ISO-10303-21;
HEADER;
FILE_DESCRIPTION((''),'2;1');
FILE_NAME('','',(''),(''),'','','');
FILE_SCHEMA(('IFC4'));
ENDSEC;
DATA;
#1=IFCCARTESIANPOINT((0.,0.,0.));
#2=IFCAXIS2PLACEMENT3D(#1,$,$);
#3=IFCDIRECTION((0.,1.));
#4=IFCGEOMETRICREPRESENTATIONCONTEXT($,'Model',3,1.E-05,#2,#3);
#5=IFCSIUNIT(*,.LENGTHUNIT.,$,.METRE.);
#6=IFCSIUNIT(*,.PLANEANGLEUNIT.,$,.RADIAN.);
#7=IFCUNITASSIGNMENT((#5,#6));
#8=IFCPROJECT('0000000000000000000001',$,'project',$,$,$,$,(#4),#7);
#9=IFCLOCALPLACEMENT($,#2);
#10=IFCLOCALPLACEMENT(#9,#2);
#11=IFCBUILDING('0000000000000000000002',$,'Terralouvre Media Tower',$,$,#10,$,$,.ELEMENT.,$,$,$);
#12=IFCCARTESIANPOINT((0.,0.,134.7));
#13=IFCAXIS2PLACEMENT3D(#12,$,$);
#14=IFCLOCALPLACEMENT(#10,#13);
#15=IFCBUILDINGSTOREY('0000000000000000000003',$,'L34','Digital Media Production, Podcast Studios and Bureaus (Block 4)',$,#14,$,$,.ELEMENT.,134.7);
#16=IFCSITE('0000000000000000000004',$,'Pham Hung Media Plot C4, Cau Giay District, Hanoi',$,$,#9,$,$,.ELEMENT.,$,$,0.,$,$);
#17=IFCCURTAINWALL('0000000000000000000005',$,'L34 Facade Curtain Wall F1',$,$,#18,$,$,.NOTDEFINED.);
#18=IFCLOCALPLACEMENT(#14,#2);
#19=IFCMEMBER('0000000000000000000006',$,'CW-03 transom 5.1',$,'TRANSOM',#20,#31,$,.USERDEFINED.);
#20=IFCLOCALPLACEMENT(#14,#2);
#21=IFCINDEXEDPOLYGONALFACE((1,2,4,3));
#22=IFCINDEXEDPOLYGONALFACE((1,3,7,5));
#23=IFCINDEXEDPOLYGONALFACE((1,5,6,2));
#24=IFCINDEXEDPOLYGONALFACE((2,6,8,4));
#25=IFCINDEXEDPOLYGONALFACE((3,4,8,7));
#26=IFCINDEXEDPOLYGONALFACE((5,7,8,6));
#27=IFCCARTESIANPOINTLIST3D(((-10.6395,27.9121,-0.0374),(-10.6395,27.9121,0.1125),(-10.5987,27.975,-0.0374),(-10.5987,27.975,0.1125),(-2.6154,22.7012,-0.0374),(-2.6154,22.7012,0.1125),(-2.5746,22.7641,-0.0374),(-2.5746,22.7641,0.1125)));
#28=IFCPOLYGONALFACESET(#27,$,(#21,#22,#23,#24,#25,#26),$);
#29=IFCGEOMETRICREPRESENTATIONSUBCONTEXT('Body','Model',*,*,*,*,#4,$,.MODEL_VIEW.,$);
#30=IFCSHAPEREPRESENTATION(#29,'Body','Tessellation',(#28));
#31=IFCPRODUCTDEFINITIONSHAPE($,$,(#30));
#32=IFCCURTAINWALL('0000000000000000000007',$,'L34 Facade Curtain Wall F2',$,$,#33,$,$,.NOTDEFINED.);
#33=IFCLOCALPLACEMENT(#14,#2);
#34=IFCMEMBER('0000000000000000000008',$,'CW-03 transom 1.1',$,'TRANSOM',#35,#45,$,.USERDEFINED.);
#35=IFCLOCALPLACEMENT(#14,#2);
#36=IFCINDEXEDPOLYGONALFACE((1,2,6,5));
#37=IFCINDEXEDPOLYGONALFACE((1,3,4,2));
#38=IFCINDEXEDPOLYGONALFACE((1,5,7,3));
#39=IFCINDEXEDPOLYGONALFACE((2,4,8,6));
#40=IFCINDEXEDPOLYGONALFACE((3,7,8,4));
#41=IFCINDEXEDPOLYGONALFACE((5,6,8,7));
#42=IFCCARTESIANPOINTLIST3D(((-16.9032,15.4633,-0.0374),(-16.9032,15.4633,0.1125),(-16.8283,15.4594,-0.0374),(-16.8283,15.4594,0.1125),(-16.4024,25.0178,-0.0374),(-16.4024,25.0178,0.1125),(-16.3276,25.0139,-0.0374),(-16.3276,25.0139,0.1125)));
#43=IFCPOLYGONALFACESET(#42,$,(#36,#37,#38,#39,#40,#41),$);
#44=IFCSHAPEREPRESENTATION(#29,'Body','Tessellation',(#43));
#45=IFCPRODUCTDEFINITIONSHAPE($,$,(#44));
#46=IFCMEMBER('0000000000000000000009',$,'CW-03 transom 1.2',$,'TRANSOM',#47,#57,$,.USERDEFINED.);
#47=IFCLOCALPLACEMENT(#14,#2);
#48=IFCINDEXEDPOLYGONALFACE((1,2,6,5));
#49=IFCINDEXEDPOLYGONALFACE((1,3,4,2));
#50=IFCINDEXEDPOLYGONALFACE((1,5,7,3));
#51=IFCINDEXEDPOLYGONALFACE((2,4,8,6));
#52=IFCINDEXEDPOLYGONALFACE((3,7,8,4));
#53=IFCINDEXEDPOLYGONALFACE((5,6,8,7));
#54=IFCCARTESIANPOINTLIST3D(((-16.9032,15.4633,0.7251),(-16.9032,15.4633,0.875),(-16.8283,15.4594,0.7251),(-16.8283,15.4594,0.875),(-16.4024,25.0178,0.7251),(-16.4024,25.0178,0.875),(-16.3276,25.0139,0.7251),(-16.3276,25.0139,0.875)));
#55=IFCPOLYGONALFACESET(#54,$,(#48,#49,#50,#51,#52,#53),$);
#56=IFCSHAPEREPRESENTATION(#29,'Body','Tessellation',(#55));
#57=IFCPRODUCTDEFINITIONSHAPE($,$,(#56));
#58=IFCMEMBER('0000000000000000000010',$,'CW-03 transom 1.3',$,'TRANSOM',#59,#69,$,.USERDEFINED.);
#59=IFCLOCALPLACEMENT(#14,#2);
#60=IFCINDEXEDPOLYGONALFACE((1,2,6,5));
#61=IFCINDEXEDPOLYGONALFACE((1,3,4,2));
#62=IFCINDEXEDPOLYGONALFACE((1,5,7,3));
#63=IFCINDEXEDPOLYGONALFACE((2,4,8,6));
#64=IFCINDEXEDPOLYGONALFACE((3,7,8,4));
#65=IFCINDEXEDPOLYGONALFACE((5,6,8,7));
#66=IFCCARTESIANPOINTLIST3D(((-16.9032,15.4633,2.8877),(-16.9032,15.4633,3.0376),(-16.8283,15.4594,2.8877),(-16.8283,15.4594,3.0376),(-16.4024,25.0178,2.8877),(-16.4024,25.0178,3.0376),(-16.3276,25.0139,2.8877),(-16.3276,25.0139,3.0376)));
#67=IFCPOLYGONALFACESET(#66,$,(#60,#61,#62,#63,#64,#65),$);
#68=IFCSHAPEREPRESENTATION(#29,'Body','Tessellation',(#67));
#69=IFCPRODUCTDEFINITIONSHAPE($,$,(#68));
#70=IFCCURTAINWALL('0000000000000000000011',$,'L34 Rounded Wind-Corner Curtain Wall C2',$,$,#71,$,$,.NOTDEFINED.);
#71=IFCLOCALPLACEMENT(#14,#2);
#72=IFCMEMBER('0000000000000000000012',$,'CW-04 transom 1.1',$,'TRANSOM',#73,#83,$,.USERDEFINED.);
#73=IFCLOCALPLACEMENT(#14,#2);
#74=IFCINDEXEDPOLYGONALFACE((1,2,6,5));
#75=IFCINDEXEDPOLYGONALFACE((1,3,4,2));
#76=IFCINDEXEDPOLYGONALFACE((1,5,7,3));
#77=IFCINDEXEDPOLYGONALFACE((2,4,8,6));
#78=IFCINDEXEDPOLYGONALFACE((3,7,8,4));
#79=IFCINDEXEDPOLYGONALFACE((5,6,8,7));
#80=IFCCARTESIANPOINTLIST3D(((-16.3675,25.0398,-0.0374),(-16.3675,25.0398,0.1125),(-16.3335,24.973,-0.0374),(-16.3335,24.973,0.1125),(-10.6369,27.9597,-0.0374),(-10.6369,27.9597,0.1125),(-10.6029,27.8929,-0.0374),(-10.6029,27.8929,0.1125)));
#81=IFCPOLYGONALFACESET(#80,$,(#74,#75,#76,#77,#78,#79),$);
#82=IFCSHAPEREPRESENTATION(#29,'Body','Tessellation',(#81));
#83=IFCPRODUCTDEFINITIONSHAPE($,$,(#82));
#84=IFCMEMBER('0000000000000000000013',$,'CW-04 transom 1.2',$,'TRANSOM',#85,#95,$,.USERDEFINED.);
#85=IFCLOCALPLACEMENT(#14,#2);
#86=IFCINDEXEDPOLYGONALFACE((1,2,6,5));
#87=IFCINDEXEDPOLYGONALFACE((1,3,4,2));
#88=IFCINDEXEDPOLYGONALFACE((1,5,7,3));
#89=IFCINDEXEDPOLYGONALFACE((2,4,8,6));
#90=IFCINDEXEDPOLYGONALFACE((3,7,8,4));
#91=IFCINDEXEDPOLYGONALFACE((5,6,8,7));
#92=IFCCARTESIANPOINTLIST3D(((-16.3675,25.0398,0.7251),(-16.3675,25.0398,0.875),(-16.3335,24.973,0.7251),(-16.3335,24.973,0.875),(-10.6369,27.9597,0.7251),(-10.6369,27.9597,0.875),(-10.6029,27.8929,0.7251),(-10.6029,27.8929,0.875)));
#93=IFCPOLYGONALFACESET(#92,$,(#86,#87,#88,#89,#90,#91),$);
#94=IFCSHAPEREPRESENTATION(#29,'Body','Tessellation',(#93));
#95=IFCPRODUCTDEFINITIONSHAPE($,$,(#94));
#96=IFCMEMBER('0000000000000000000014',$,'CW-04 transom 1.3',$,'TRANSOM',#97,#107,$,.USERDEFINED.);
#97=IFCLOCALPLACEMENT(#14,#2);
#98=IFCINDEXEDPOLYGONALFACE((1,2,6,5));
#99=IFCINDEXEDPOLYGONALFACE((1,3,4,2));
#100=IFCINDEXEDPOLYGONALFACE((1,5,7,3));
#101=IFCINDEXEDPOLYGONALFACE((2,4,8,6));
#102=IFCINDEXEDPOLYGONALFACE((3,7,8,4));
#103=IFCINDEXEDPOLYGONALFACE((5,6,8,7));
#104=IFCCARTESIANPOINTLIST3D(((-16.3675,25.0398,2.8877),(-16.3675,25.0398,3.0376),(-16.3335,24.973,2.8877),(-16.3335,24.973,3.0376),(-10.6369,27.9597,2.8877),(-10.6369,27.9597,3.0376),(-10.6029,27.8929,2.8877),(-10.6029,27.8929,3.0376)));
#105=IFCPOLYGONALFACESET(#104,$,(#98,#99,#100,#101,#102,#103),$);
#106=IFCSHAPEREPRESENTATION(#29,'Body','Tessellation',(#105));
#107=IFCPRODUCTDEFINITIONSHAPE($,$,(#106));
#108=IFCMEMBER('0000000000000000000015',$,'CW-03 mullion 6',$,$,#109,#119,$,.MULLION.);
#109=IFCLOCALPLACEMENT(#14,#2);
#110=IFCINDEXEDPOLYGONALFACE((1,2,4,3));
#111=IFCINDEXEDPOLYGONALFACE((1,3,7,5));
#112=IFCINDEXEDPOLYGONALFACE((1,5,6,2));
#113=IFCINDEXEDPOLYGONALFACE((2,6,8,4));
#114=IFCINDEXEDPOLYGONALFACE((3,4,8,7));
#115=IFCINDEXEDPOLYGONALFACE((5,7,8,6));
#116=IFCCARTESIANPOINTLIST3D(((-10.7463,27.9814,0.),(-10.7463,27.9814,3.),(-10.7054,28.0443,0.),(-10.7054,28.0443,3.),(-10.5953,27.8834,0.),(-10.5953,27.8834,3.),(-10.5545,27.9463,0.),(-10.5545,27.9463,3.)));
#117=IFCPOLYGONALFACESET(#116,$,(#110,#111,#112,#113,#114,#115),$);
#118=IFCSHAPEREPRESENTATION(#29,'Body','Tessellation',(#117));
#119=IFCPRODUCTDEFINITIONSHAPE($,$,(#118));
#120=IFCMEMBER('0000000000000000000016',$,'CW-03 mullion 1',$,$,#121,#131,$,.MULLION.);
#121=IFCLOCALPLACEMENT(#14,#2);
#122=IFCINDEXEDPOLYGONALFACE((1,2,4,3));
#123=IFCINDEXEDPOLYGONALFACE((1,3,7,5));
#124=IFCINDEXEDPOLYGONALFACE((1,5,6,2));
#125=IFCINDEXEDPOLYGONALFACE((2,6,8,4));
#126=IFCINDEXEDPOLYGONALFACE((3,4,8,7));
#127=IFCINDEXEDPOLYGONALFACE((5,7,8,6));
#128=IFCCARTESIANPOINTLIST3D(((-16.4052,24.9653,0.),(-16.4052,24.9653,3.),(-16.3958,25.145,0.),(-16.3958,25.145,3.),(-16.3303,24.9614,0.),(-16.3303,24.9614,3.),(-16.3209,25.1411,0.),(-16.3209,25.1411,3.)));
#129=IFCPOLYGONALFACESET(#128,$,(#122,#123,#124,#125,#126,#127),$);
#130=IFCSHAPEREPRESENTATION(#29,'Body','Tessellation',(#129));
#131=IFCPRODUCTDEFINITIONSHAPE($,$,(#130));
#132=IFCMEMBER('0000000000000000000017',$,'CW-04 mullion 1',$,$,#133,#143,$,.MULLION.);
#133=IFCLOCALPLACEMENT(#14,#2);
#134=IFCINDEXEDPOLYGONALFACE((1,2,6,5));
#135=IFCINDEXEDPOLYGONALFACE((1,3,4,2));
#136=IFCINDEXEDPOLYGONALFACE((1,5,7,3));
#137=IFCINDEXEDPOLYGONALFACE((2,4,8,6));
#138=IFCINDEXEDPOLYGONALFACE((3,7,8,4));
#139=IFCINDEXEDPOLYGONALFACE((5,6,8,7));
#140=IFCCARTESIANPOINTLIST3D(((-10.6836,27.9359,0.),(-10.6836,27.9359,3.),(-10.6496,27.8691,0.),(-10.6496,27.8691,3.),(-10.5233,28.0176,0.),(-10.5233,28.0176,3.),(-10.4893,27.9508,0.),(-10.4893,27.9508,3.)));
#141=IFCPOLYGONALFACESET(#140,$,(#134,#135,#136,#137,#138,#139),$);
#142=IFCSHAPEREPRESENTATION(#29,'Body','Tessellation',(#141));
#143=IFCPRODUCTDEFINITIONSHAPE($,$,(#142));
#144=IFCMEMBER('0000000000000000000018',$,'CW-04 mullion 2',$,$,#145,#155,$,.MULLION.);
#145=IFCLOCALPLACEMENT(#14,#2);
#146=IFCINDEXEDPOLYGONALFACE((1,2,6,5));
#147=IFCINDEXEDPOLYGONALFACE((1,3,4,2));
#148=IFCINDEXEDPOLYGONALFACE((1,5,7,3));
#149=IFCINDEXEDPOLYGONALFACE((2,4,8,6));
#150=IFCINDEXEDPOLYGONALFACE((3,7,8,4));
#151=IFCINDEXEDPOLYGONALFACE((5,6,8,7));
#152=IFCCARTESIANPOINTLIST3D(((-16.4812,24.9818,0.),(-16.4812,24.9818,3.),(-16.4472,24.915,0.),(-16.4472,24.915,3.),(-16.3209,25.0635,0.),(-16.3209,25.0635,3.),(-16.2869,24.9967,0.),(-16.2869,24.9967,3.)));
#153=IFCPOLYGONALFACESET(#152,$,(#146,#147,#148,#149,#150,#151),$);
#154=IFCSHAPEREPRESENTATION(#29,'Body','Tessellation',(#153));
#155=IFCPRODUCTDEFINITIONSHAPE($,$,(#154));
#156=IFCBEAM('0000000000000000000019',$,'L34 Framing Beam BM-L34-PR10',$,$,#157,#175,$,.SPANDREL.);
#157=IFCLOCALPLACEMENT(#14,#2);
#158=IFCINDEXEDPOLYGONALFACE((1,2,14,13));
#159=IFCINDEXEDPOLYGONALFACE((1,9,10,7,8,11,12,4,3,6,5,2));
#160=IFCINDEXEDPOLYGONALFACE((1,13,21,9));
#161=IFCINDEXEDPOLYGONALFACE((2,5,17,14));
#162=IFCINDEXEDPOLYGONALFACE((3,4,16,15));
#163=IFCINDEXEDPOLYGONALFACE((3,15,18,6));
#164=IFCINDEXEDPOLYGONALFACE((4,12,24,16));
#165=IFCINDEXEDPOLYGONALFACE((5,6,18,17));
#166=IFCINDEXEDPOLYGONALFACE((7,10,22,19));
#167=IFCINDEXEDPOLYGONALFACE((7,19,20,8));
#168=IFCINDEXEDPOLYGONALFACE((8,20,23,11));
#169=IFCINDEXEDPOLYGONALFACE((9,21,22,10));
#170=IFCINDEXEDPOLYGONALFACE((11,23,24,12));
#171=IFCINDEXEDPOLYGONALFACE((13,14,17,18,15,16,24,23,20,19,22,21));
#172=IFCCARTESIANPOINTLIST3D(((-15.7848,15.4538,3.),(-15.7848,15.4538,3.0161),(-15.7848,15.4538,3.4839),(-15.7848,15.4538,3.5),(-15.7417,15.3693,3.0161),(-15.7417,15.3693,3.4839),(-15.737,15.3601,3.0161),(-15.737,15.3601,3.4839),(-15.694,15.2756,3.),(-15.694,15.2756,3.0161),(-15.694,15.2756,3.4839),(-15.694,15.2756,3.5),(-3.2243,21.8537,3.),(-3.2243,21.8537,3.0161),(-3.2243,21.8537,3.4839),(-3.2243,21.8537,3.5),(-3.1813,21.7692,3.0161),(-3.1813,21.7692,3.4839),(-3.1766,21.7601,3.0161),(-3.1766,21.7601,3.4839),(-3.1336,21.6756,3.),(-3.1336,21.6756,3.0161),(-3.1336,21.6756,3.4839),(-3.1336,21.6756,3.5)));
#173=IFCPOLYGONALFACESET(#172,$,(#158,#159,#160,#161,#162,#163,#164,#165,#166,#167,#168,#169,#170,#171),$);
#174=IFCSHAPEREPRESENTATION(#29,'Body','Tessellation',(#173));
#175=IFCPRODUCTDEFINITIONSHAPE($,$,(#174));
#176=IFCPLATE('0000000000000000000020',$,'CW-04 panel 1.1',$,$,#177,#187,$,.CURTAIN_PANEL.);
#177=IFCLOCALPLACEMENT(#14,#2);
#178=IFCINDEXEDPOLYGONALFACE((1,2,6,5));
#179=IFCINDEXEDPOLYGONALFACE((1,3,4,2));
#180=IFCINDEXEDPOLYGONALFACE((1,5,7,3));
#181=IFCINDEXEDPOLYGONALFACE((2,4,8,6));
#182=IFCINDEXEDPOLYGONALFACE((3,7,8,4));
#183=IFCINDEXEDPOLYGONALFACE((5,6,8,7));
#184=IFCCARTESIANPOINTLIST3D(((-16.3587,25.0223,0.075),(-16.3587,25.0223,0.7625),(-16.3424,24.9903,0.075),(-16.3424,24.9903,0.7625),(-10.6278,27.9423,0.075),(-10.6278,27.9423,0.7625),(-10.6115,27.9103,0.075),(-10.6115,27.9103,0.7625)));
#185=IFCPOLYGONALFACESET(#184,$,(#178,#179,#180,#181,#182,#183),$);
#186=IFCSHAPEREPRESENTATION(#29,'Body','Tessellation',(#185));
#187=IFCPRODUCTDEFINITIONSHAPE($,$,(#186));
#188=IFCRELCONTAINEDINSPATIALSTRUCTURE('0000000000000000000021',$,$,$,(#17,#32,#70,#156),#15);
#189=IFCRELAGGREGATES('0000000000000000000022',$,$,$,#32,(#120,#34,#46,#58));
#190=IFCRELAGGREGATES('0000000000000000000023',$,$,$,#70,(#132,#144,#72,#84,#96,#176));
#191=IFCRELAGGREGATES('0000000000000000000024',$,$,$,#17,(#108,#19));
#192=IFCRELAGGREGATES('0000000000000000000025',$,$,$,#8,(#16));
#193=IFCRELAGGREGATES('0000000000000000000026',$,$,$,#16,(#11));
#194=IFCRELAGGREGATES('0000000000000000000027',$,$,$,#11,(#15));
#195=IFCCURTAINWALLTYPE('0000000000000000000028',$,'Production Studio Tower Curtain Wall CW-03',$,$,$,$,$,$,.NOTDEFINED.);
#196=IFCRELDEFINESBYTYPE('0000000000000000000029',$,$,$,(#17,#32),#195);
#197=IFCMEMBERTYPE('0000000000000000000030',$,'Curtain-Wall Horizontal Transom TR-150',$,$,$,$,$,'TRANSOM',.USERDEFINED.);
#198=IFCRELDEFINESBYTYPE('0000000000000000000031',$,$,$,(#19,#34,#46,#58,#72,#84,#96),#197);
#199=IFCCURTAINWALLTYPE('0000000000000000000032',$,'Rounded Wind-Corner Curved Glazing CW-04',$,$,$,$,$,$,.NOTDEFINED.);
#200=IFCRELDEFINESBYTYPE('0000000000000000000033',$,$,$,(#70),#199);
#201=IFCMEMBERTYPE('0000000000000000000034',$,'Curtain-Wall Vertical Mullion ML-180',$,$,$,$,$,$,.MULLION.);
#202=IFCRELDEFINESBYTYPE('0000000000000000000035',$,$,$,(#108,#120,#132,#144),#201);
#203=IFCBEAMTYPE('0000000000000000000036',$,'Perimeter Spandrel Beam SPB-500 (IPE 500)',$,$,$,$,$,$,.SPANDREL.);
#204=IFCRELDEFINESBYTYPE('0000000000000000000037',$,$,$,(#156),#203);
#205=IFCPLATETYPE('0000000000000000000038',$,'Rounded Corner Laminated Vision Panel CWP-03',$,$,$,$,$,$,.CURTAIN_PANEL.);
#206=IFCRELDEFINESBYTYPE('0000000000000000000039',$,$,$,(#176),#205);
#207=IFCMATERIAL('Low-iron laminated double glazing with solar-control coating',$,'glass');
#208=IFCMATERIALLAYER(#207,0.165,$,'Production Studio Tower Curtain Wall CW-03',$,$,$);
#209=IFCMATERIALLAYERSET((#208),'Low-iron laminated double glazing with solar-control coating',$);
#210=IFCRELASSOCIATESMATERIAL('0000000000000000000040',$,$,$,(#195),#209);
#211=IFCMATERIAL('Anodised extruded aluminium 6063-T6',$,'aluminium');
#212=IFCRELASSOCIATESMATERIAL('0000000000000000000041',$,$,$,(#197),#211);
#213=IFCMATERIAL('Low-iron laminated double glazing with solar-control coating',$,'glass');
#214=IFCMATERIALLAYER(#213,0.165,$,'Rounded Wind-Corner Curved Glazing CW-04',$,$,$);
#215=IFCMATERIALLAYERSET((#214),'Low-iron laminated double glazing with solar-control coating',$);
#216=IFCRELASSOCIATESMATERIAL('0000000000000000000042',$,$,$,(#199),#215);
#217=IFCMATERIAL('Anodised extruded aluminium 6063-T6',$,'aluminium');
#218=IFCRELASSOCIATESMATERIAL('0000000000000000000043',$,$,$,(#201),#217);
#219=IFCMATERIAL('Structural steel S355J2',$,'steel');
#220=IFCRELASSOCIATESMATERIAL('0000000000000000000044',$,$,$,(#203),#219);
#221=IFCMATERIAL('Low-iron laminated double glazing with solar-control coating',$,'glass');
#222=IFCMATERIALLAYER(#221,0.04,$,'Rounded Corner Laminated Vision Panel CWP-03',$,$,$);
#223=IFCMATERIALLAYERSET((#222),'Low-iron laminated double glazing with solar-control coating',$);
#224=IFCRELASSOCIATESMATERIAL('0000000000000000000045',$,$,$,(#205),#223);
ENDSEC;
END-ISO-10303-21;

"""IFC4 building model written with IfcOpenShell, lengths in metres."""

from ifc_helpers import new_model, si_unit, direction, frame, origin, origin_2d, place, context, subcontext, project, spatial, rectangle, i_section, extrude, material, layer, layer_set, material_profile, profile_set, type_object, element, aggregate, save


model = new_model("IFC4")

# Units and contexts
model_context = context("Model", 3, precision=1e-05, world=origin(), true_north=direction((0.0, 1.0)))
body_context = subcontext(model_context, "Body", "Model", "MODEL_VIEW")
ifc_project = project(units=[si_unit("LENGTHUNIT", "METRE"), si_unit("PLANEANGLEUNIT", "RADIAN")], contexts=[model_context])

# Site, building, storey
site_placement = place(None, origin())
site = spatial("IfcSite", under=ifc_project, at=site_placement, Name="Pham Hung Media Plot C4, Cau Giay District, Hanoi", CompositionType="ELEMENT", RefElevation=0.0)
building_placement = place(site_placement, origin())
building = spatial("IfcBuilding", under=site, at=building_placement, Name="Terralouvre Media Tower", CompositionType="ELEMENT")
storey_placement = place(building_placement, frame((0.0, 0.0, 134.7)))
storey = spatial("IfcBuildingStorey", under=building, at=storey_placement, Name="L34", Description="Digital Media Production, Podcast Studios and Bureaus (Block 4)", CompositionType="ELEMENT", Elevation=134.7)

# Curtain wall, member
ifc_material_1 = material(Name="Low-iron laminated double glazing with solar-control coating", Category="glass")
ifc_layer_1 = layer(ifc_material_1, 0.165, Name="Production Studio Tower Curtain Wall CW-03")
ifc_layer_set_1 = layer_set([ifc_layer_1], Name="Low-iron laminated double glazing with solar-control coating")
curtain_wall_type_1 = type_object("IfcCurtainWallType", Name="Production Studio Tower Curtain Wall CW-03", PredefinedType="NOTDEFINED", material=ifc_layer_set_1)
curtain_wall_1_placement = place(storey_placement, origin())
curtain_wall_1 = element("IfcCurtainWall", 1, at=curtain_wall_1_placement, inside=storey, type_object=curtain_wall_type_1, Name="L34 Facade Curtain Wall F1", PredefinedType="NOTDEFINED")
ifc_material_2 = material(Name="Anodised extruded aluminium 6063-T6", Category="aluminium")
ifc_material_profile_1 = material_profile(ifc_material_2, rectangle(XDim=0.075, YDim=0.1499, at=origin_2d()), Name="ALU 75x150")
ifc_profile_set_1 = profile_set([ifc_material_profile_1], Name="Anodised extruded aluminium 6063-T6")
member_type_1 = type_object("IfcMemberType", Name="Curtain-Wall Horizontal Transom TR-150", ElementType="TRANSOM", PredefinedType="USERDEFINED", material=ifc_profile_set_1)
member_1_placement = place(storey_placement, frame((-2.595, 22.7327, 0.0376), z_axis=(-0.838671, 0.544638, 0.0), x_axis=(-0.544638, -0.838671, 0.0)))
member_1 = element("IfcMember", 2, at=member_1_placement, type_object=member_type_1, Name="CW-03 transom 5.1", ObjectType="TRANSOM", PredefinedType="USERDEFINED", context=body_context, shape_type="SweptSolid", body=[
    extrude(rectangle(XDim=0.075, YDim=0.1499, at=origin_2d()), origin(), (0.0, 0.0, 1.0), 9.5676),
])

# Curtain walls, members
curtain_wall_2_placement = place(storey_placement, origin())
curtain_wall_2 = element("IfcCurtainWall", 3, at=curtain_wall_2_placement, inside=storey, type_object=curtain_wall_type_1, Name="L34 Facade Curtain Wall F2", PredefinedType="NOTDEFINED")
member_2_placement = place(storey_placement, frame((-16.365, 25.0159, 0.0376), z_axis=(-0.052337, -0.99863, 0.0), x_axis=(0.99863, -0.052337, 0.0)))
member_2 = element("IfcMember", 4, at=member_2_placement, type_object=member_type_1, Name="CW-03 transom 1.1", ObjectType="TRANSOM", PredefinedType="USERDEFINED", context=body_context, shape_type="SweptSolid", body=[
    extrude(rectangle(XDim=0.075, YDim=0.1499, at=origin_2d()), origin(), (0.0, 0.0, 1.0), 9.5676),
])
member_3_placement = place(storey_placement, frame((-16.365, 25.0159, 0.8), z_axis=(-0.052337, -0.99863, 0.0), x_axis=(0.99863, -0.052337, 0.0)))
member_3 = element("IfcMember", 5, at=member_3_placement, type_object=member_type_1, Name="CW-03 transom 1.2", ObjectType="TRANSOM", PredefinedType="USERDEFINED", context=body_context, shape_type="SweptSolid", body=[
    extrude(rectangle(XDim=0.075, YDim=0.1499, at=origin_2d()), origin(), (0.0, 0.0, 1.0), 9.5676),
])
member_4_placement = place(storey_placement, frame((-16.365, 25.0159, 2.9626), z_axis=(-0.052337, -0.99863, 0.0), x_axis=(0.99863, -0.052337, 0.0)))
member_4 = element("IfcMember", 6, at=member_4_placement, type_object=member_type_1, Name="CW-03 transom 1.3", ObjectType="TRANSOM", PredefinedType="USERDEFINED", context=body_context, shape_type="SweptSolid", body=[
    extrude(rectangle(XDim=0.075, YDim=0.1499, at=origin_2d()), origin(), (0.0, 0.0, 1.0), 9.5676),
])
ifc_material_3 = material(Name="Low-iron laminated double glazing with solar-control coating", Category="glass")
ifc_layer_2 = layer(ifc_material_3, 0.165, Name="Rounded Wind-Corner Curved Glazing CW-04")
ifc_layer_set_2 = layer_set([ifc_layer_2], Name="Low-iron laminated double glazing with solar-control coating")
curtain_wall_type_2 = type_object("IfcCurtainWallType", Name="Rounded Wind-Corner Curved Glazing CW-04", PredefinedType="NOTDEFINED", material=ifc_layer_set_2)
curtain_wall_3_placement = place(storey_placement, origin())
curtain_wall_3 = element("IfcCurtainWall", 7, at=curtain_wall_3_placement, inside=storey, type_object=curtain_wall_type_2, Name="L34 Rounded Wind-Corner Curtain Wall C2", PredefinedType="NOTDEFINED")
member_5_placement = place(storey_placement, frame((-10.6199, 27.9263, 0.0376), z_axis=(-0.891008, -0.453988, 0.0), x_axis=(0.453988, -0.891008, 0.0)))
member_5 = element("IfcMember", 8, at=member_5_placement, type_object=member_type_1, Name="CW-04 transom 1.1", ObjectType="TRANSOM", PredefinedType="USERDEFINED", context=body_context, shape_type="SweptSolid", body=[
    extrude(rectangle(XDim=0.075, YDim=0.1499, at=origin_2d()), origin(), (0.0, 0.0, 1.0), 6.4316),
])
member_6_placement = place(storey_placement, frame((-10.6199, 27.9263, 0.8), z_axis=(-0.891008, -0.453988, 0.0), x_axis=(0.453988, -0.891008, 0.0)))
member_6 = element("IfcMember", 9, at=member_6_placement, type_object=member_type_1, Name="CW-04 transom 1.2", ObjectType="TRANSOM", PredefinedType="USERDEFINED", context=body_context, shape_type="SweptSolid", body=[
    extrude(rectangle(XDim=0.075, YDim=0.1499, at=origin_2d()), origin(), (0.0, 0.0, 1.0), 6.4316),
])
member_7_placement = place(storey_placement, frame((-10.6199, 27.9263, 2.9626), z_axis=(-0.891008, -0.453988, 0.0), x_axis=(0.453988, -0.891008, 0.0)))
member_7 = element("IfcMember", 10, at=member_7_placement, type_object=member_type_1, Name="CW-04 transom 1.3", ObjectType="TRANSOM", PredefinedType="USERDEFINED", context=body_context, shape_type="SweptSolid", body=[
    extrude(rectangle(XDim=0.075, YDim=0.1499, at=origin_2d()), origin(), (0.0, 0.0, 1.0), 6.4316),
])

# Members
ifc_material_4 = material(Name="Anodised extruded aluminium 6063-T6", Category="aluminium")
ifc_material_profile_2 = material_profile(ifc_material_4, rectangle(XDim=0.075, YDim=0.1799, at=origin_2d()), Name="ALU 75x180")
ifc_profile_set_2 = profile_set([ifc_material_profile_2], Name="Anodised extruded aluminium 6063-T6")
member_type_2 = type_object("IfcMemberType", Name="Curtain-Wall Vertical Mullion ML-180", PredefinedType="MULLION", material=ifc_profile_set_2)
member_8_placement = place(storey_placement, frame((-10.6504, 27.9639, 0.0), z_axis=(0.0, 0.0, 1.0), x_axis=(-0.544639, -0.838671, 0.0)))
member_8 = element("IfcMember", 11, at=member_8_placement, type_object=member_type_2, Name="CW-03 mullion 6", PredefinedType="MULLION", context=body_context, shape_type="SweptSolid", body=[
    extrude(rectangle(XDim=0.075, YDim=0.1799, at=origin_2d()), origin(), (0.0, 0.0, 1.0), 3.0),
])
member_9_placement = place(storey_placement, frame((-16.363, 25.0532, 0.0), z_axis=(0.0, 0.0, 1.0), x_axis=(0.99863, -0.052336, 0.0)))
member_9 = element("IfcMember", 12, at=member_9_placement, type_object=member_type_2, Name="CW-03 mullion 1", PredefinedType="MULLION", context=body_context, shape_type="SweptSolid", body=[
    extrude(rectangle(XDim=0.075, YDim=0.1799, at=origin_2d()), origin(), (0.0, 0.0, 1.0), 3.0),
])
aggregate(curtain_wall_2, [member_9, member_2, member_3, member_4])
member_10_placement = place(storey_placement, frame((-10.5864, 27.9434, 0.0), z_axis=(0.0, 0.0, 1.0), x_axis=(0.45399, -0.891007, 0.0)))
member_10 = element("IfcMember", 13, at=member_10_placement, type_object=member_type_2, Name="CW-04 mullion 1", PredefinedType="MULLION", context=body_context, shape_type="SweptSolid", body=[
    extrude(rectangle(XDim=0.075, YDim=0.1799, at=origin_2d()), origin(), (0.0, 0.0, 1.0), 3.0),
])
member_11_placement = place(storey_placement, frame((-16.384, 24.9893, 0.0), z_axis=(0.0, 0.0, 1.0), x_axis=(0.45399, -0.891007, 0.0)))
member_11 = element("IfcMember", 14, at=member_11_placement, type_object=member_type_2, Name="CW-04 mullion 2", PredefinedType="MULLION", context=body_context, shape_type="SweptSolid", body=[
    extrude(rectangle(XDim=0.075, YDim=0.1799, at=origin_2d()), origin(), (0.0, 0.0, 1.0), 3.0),
])

# Beam
ifc_material_5 = material(Name="Structural steel S355J2", Category="steel")
ifc_material_profile_3 = material_profile(ifc_material_5, i_section(OverallWidth=0.2, OverallDepth=0.5, WebThickness=0.0103, FlangeThickness=0.0161, at=origin_2d()), Name="IPE 500")
ifc_profile_set_3 = profile_set([ifc_material_profile_3], Name="Structural steel S355J2")
beam_type = type_object("IfcBeamType", Name="Perimeter Spandrel Beam SPB-500 (IPE 500)", PredefinedType="SPANDREL", material=ifc_profile_set_3)
beam_placement = place(storey_placement, frame((-3.179, 21.7646, 3.25), z_axis=(-0.891003, -0.453997, 0.0), x_axis=(0.453997, -0.891003, 0.0)))
element("IfcBeam", 15, at=beam_placement, inside=storey, type_object=beam_type, Name="L34 Framing Beam BM-L34-PR10", PredefinedType="SPANDREL", context=body_context, shape_type="SweptSolid", body=[
    extrude(i_section(OverallWidth=0.2, OverallDepth=0.5, WebThickness=0.0103, FlangeThickness=0.0161, at=origin_2d()), origin(), (0.0, 0.0, 1.0), 14.0969),
])

# Plate
ifc_material_6 = material(Name="Low-iron laminated double glazing with solar-control coating", Category="glass")
ifc_layer_3 = layer(ifc_material_6, 0.04, Name="Rounded Corner Laminated Vision Panel CWP-03")
ifc_layer_set_3 = layer_set([ifc_layer_3], Name="Low-iron laminated double glazing with solar-control coating")
plate_type_1 = type_object("IfcPlateType", Name="Rounded Corner Laminated Vision Panel CWP-03", PredefinedType="CURTAIN_PANEL", material=ifc_layer_set_3)
plate_1_placement = place(storey_placement, frame((-13.4851, 26.4663, 0.075), z_axis=(0.0, 0.0, 1.0), x_axis=(-0.891007, -0.45399, 0.0)))
plate_1 = element("IfcPlate", 16, at=plate_1_placement, type_object=plate_type_1, Name="CW-04 panel 1.1", PredefinedType="CURTAIN_PANEL", context=body_context, shape_type="SweptSolid", body=[
    extrude(rectangle(XDim=6.4319, YDim=0.0359, at=origin_2d()), origin(), (0.0, 0.0, 1.0), 0.6875),
])
aggregate(curtain_wall_3, [member_10, member_11, member_5, member_6, member_7, plate_1])
aggregate(curtain_wall_1, [member_8, member_1])

save(model, "model.ifc")
